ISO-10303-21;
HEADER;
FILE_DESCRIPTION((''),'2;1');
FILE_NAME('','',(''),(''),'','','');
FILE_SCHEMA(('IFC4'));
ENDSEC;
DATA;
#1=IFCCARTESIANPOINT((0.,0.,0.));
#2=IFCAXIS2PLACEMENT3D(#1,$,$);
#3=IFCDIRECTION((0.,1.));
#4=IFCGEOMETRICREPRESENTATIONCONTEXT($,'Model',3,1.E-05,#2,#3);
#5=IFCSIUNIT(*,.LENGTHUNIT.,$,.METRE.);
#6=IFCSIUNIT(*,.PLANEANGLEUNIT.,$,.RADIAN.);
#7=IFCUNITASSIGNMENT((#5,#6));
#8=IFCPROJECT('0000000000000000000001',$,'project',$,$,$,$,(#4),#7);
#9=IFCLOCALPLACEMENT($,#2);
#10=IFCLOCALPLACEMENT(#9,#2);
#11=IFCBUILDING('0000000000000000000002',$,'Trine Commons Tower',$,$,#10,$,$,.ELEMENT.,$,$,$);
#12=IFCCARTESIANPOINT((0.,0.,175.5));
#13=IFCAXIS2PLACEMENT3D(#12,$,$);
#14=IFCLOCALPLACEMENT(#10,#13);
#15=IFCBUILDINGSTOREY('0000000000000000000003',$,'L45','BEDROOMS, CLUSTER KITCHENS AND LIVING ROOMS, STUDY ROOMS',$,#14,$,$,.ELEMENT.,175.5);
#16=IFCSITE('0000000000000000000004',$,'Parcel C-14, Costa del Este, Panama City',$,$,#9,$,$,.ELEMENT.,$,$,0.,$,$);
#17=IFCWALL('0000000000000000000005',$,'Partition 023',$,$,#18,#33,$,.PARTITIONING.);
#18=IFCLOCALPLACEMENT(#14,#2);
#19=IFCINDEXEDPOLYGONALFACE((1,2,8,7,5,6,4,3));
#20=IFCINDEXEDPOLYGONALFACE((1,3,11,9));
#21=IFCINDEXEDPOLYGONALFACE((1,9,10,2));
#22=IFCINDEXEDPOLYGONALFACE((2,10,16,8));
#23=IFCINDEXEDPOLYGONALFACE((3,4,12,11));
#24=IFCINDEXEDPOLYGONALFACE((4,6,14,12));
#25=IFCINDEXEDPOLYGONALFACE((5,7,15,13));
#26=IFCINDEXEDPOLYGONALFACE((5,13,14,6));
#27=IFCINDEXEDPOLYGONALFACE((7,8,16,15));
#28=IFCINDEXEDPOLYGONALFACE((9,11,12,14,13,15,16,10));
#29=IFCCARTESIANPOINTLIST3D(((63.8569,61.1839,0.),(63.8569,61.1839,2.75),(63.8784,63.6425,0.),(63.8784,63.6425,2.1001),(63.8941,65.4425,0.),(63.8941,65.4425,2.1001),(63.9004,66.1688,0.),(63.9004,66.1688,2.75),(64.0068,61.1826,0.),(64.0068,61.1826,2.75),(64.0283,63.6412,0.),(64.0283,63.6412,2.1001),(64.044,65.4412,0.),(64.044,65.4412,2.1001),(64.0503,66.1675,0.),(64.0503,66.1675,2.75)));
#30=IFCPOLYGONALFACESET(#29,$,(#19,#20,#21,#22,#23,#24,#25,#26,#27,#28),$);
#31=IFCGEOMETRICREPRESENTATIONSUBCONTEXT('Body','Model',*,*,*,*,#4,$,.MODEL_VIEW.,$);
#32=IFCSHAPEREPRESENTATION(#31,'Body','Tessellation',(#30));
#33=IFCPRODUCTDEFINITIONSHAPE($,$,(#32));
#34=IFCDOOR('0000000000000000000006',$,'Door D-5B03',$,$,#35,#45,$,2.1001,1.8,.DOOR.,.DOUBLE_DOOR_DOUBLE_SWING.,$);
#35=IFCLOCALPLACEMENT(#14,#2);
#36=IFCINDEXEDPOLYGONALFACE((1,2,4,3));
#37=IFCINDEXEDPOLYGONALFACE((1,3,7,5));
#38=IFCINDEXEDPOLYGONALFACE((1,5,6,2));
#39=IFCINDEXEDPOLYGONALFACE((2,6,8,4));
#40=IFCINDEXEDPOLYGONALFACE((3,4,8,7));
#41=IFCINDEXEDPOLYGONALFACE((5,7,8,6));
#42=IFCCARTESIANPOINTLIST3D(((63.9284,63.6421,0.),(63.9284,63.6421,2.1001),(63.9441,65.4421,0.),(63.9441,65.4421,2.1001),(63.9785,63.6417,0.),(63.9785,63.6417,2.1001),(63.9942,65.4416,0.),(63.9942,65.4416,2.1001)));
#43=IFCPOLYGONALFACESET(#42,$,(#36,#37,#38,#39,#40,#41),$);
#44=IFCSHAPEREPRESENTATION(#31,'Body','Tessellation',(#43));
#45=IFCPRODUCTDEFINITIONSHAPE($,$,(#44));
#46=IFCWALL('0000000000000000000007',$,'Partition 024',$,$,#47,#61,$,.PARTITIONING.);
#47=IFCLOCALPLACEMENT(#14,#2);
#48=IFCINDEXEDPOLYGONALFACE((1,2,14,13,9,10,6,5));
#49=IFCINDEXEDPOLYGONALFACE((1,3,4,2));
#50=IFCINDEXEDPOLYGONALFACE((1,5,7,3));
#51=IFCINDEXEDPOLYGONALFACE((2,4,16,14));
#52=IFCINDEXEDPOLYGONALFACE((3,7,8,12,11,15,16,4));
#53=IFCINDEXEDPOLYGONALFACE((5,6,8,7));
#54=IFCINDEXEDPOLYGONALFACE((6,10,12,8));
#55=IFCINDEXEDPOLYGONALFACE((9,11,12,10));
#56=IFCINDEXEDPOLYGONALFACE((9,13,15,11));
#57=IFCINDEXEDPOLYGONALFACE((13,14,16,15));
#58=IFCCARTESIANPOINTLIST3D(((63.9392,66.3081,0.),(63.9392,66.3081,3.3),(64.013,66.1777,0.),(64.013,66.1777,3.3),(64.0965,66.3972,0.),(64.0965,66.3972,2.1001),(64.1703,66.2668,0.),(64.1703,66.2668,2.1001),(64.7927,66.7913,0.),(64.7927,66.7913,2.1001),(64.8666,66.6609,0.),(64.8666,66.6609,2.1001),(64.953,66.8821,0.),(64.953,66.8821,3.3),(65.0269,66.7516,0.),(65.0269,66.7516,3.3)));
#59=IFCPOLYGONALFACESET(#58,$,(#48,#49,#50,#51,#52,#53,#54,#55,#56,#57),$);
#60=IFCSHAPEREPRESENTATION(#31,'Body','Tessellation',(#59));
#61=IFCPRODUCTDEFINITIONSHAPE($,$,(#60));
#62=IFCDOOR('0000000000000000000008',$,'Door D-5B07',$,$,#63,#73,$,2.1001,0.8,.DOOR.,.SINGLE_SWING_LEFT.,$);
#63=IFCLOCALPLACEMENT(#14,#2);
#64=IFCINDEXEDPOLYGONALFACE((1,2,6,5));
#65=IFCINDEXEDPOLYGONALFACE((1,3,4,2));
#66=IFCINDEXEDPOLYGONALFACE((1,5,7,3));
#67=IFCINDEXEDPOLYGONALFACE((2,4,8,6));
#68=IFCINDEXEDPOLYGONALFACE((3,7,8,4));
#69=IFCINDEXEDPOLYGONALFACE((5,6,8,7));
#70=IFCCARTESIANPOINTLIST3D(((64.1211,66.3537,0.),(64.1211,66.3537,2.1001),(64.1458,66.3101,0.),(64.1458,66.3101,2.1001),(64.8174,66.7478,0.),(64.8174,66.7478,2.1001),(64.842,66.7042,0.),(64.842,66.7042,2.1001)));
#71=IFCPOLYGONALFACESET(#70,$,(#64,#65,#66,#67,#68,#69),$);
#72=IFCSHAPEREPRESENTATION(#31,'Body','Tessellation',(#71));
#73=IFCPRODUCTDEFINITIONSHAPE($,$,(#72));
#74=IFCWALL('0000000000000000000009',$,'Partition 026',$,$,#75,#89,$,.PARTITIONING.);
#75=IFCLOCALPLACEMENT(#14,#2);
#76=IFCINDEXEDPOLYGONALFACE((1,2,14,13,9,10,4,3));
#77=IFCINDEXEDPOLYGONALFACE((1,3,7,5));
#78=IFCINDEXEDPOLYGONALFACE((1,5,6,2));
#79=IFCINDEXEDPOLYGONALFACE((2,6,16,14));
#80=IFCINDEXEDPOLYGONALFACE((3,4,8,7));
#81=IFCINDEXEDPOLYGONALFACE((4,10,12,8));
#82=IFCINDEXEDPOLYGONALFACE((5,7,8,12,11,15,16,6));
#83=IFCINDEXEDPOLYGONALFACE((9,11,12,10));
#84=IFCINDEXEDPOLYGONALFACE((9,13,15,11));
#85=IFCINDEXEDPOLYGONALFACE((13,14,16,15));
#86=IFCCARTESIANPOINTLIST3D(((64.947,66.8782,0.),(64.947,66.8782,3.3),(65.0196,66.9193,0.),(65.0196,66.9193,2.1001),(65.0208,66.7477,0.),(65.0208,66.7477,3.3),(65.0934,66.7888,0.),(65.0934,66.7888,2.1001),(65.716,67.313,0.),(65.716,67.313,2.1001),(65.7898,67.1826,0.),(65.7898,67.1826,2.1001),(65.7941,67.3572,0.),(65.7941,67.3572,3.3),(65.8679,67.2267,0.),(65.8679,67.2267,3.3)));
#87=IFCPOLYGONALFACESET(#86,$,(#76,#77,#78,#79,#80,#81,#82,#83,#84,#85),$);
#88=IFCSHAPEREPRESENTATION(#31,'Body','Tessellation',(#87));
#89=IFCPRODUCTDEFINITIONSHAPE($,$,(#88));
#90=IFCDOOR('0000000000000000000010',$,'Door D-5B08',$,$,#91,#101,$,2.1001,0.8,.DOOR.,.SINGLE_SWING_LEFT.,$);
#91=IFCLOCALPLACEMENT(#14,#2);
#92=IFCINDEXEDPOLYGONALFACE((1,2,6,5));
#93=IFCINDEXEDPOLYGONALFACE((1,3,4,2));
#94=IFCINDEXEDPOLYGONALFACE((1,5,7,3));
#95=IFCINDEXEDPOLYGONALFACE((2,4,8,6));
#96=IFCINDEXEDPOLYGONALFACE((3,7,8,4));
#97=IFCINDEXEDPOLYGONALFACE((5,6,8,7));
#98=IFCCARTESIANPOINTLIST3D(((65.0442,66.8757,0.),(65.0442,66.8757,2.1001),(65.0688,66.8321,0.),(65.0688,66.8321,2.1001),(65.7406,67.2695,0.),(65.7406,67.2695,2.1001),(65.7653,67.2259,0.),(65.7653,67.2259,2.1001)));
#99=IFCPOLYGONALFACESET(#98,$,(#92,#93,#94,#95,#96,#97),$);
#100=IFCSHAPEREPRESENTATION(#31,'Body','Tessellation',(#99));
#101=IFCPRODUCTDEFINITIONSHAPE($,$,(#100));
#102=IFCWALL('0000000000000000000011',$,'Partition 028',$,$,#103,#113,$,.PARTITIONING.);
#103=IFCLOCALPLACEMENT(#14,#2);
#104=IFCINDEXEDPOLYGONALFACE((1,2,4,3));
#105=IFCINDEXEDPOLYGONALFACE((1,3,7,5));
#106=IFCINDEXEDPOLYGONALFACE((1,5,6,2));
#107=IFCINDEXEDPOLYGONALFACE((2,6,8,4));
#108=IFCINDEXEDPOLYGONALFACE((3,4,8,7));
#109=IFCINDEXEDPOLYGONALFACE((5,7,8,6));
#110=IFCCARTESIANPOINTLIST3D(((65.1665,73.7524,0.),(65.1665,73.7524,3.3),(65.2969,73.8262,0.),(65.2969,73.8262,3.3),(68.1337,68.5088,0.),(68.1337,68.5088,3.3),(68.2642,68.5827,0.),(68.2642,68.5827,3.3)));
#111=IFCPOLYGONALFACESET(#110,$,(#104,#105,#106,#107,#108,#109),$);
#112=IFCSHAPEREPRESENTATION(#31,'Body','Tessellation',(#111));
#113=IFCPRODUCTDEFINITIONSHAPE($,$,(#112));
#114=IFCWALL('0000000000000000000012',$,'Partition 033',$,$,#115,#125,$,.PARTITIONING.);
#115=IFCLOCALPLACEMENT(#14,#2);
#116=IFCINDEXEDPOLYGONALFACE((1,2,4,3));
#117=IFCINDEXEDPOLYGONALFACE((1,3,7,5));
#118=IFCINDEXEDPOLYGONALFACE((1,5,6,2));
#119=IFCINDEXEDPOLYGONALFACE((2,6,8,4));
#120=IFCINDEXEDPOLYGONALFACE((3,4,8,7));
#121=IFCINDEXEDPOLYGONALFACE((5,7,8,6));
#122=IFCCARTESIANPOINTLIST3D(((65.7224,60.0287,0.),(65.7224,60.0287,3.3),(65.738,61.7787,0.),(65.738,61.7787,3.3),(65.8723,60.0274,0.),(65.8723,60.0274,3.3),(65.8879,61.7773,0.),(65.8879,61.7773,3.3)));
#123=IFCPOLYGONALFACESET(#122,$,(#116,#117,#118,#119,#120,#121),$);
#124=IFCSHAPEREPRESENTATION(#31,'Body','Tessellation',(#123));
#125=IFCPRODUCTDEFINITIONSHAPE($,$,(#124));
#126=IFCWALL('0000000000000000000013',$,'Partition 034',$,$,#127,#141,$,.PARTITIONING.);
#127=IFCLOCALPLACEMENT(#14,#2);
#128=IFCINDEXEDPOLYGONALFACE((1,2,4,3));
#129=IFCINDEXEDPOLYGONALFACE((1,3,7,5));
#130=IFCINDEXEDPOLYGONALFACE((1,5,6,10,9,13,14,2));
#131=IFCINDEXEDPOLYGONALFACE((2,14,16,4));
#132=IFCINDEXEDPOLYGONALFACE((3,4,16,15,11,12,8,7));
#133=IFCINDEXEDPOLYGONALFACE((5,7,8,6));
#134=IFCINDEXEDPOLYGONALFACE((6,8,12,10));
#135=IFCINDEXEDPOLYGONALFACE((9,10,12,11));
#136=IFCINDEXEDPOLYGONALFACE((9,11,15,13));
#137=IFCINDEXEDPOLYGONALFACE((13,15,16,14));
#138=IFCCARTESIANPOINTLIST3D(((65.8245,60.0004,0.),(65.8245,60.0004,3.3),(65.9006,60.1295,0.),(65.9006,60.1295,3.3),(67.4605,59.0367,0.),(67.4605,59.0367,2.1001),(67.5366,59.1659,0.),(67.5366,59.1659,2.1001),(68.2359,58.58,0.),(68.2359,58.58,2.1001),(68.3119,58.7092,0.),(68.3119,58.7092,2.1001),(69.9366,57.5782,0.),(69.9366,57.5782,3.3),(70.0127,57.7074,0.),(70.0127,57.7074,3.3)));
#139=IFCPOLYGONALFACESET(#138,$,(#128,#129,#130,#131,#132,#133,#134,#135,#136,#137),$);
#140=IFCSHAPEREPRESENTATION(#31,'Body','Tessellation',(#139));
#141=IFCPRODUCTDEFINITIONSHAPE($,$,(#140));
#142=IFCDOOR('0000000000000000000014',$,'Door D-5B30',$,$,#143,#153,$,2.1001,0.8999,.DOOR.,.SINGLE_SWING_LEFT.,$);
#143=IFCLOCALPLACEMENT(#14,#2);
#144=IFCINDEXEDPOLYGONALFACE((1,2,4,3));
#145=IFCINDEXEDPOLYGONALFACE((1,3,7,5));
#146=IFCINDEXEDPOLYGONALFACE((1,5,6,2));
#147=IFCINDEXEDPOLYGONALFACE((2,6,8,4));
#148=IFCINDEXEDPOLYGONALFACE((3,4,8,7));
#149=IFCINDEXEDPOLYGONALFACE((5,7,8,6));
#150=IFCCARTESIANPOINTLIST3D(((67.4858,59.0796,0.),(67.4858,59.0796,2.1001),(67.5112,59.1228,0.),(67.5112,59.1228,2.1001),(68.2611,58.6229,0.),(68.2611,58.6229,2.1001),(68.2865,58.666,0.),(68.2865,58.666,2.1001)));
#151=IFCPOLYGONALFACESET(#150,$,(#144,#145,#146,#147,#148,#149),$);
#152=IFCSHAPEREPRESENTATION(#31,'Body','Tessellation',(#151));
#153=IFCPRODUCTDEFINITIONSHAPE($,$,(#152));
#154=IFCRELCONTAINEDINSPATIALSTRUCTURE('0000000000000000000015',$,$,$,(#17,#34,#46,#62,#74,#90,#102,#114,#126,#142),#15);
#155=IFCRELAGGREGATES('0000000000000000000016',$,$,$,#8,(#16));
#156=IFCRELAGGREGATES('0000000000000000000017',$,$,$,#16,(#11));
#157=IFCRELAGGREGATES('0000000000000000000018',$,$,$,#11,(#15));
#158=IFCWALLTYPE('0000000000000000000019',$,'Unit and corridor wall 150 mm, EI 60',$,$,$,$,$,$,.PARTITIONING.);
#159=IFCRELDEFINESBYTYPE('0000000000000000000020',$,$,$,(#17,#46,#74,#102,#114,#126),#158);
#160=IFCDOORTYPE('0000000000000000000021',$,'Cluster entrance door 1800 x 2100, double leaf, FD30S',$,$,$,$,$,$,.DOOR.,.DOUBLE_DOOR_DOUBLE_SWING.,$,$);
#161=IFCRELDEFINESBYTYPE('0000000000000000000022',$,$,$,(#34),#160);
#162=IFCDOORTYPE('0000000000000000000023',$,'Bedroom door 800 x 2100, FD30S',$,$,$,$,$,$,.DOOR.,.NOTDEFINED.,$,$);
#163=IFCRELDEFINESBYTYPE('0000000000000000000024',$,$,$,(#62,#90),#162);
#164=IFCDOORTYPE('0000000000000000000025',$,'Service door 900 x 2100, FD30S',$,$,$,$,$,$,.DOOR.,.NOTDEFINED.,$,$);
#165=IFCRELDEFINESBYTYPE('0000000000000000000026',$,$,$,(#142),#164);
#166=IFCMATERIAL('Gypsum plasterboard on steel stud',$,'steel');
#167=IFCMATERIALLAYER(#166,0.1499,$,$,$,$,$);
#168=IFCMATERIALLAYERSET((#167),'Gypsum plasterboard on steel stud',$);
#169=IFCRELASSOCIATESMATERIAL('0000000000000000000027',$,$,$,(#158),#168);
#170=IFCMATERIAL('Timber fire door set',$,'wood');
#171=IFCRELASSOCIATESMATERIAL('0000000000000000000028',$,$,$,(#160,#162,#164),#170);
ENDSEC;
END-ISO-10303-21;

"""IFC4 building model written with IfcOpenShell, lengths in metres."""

from ifc_helpers import new_model, si_unit, direction, frame, frame_2d, origin, place, context, subcontext, project, spatial, rectangle, extrude, material, layer, layer_set, type_object, element, fill, save


model = new_model("IFC4")

# Units and contexts
model_context = context("Model", 3, precision=1e-05, world=origin(), true_north=direction((0.0, 1.0)))
body_context = subcontext(model_context, "Body", "Model", "MODEL_VIEW")
ifc_project = project(units=[si_unit("LENGTHUNIT", "METRE"), si_unit("PLANEANGLEUNIT", "RADIAN")], contexts=[model_context])

# Site, building, storey
site_placement = place(None, origin())
site = spatial("IfcSite", under=ifc_project, at=site_placement, Name="Parcel C-14, Costa del Este, Panama City", CompositionType="ELEMENT", RefElevation=0.0)
building_placement = place(site_placement, origin())
building = spatial("IfcBuilding", under=site, at=building_placement, Name="Trine Commons Tower", CompositionType="ELEMENT")
storey_placement = place(building_placement, frame((0.0, 0.0, 175.5)))
storey = spatial("IfcBuildingStorey", under=building, at=storey_placement, Name="L45", Description="BEDROOMS, CLUSTER KITCHENS AND LIVING ROOMS, STUDY ROOMS", CompositionType="ELEMENT", Elevation=175.5)

# Shared definitions
ifc_material_1 = material(Name="Gypsum plasterboard on steel stud", Category="steel")
ifc_layer_1 = layer(ifc_material_1, 0.1499)
ifc_layer_set_1 = layer_set([ifc_layer_1], Name="Gypsum plasterboard on steel stud")
wall_type_1 = type_object("IfcWallType", Name="Unit and corridor wall 150 mm, EI 60", PredefinedType="PARTITIONING", material=ifc_layer_set_1)

# Walls, openings, doors
wall_1_placement = place(storey_placement, frame((63.9319, 61.1831, 0.0), z_axis=(0.0, 0.0, 1.0), x_axis=(0.008717, 0.999962, 0.0)))
wall_1 = element("IfcWall", 1, at=wall_1_placement, inside=storey, type_object=wall_type_1, Name="Partition 023", PredefinedType="PARTITIONING", context=body_context, shape_type="SweptSolid", body=[
    extrude(rectangle(XDim=4.9851, YDim=0.1499, at=frame_2d((2.4927, 0.0))), origin(), (0.0, 0.0, 1.0), 2.75),
])
opening_1_placement = place(wall_1_placement, frame((2.459, 0.0, 0.0)))
opening_1 = element("IfcOpeningElement", 2, at=opening_1_placement, cuts=wall_1, PredefinedType="OPENING", context=body_context, shape_type="SweptSolid", body=[
    extrude(rectangle(XDim=1.8, YDim=2.1001, at=frame_2d((0.8999, 1.05))), frame((0.0, 0.085, 0.0), z_axis=(0.0, -1.0, 0.0), x_axis=(1.0, 0.0, 0.0)), (0.0, 0.0, 1.0), 0.1699),
])
ifc_material_2 = material(Name="Timber fire door set", Category="wood")
door_type_1 = type_object("IfcDoorType", Name="Cluster entrance door 1800 x 2100, double leaf, FD30S", OperationType="DOUBLE_DOOR_DOUBLE_SWING", PredefinedType="DOOR", material=ifc_material_2)
door_1_placement = place(opening_1_placement, origin())
door_1 = element("IfcDoor", 3, at=door_1_placement, inside=storey, type_object=door_type_1, Name="Door D-5B03", OperationType="DOUBLE_DOOR_DOUBLE_SWING", OverallHeight=2.1001, OverallWidth=1.8, PredefinedType="DOOR", context=body_context, shape_type="SweptSolid", body=[
    extrude(rectangle(XDim=1.8, YDim=2.1001, at=frame_2d((0.8999, 1.05))), frame((0.0, 0.0249, 0.0), z_axis=(0.0, -1.0, 0.0), x_axis=(1.0, 0.0, 0.0)), (0.0, 0.0, 1.0), 0.05),
])
fill(opening_1, door_1)
wall_2_placement = place(storey_placement, frame((63.9761, 66.2429, 0.0), z_axis=(0.0, 0.0, 1.0), x_axis=(0.870235, 0.492637, 0.0)))
wall_2 = element("IfcWall", 4, at=wall_2_placement, inside=storey, type_object=wall_type_1, Name="Partition 024", PredefinedType="PARTITIONING", context=body_context, shape_type="SweptSolid", body=[
    extrude(rectangle(XDim=1.165, YDim=0.1499, at=frame_2d((0.5825, 0.0))), origin(), (0.0, 0.0, 1.0), 3.3),
])
opening_2_placement = place(wall_2_placement, frame((0.1809, 0.0, 0.0)))
opening_2 = element("IfcOpeningElement", 5, at=opening_2_placement, cuts=wall_2, PredefinedType="OPENING", context=body_context, shape_type="SweptSolid", body=[
    extrude(rectangle(XDim=0.8, YDim=2.1001, at=frame_2d((0.3999, 1.05))), frame((0.0, 0.085, 0.0), z_axis=(0.0, -1.0, 0.0), x_axis=(1.0, 0.0, 0.0)), (0.0, 0.0, 1.0), 0.1699),
])
door_type_2 = type_object("IfcDoorType", Name="Bedroom door 800 x 2100, FD30S", OperationType="NOTDEFINED", PredefinedType="DOOR", material=ifc_material_2)
door_2_placement = place(opening_2_placement, origin())
door_2 = element("IfcDoor", 6, at=door_2_placement, inside=storey, type_object=door_type_2, Name="Door D-5B07", OperationType="SINGLE_SWING_LEFT", OverallHeight=2.1001, OverallWidth=0.8, PredefinedType="DOOR", context=body_context, shape_type="SweptSolid", body=[
    extrude(rectangle(XDim=0.8, YDim=2.1001, at=frame_2d((0.3999, 1.05))), frame((0.0, 0.0249, 0.0), z_axis=(0.0, -1.0, 0.0), x_axis=(1.0, 0.0, 0.0)), (0.0, 0.0, 1.0), 0.05),
])
fill(opening_2, door_2)
wall_3_placement = place(storey_placement, frame((64.9839, 66.813, 0.0), z_axis=(0.0, 0.0, 1.0), x_axis=(0.870488, 0.49219, 0.0)))
wall_3 = element("IfcWall", 7, at=wall_3_placement, inside=storey, type_object=wall_type_1, Name="Partition 026", PredefinedType="PARTITIONING", context=body_context, shape_type="SweptSolid", body=[
    extrude(rectangle(XDim=0.9731, YDim=0.1499, at=frame_2d((0.4866, 0.0))), origin(), (0.0, 0.0, 1.0), 3.3),
])
opening_3_placement = place(wall_3_placement, frame((0.0835, 0.0, 0.0)))
opening_3 = element("IfcOpeningElement", 8, at=opening_3_placement, cuts=wall_3, PredefinedType="OPENING", context=body_context, shape_type="SweptSolid", body=[
    extrude(rectangle(XDim=0.8, YDim=2.1001, at=frame_2d((0.3999, 1.05))), frame((0.0, 0.085, 0.0), z_axis=(0.0, -1.0, 0.0), x_axis=(1.0, 0.0, 0.0)), (0.0, 0.0, 1.0), 0.1699),
])
door_3_placement = place(opening_3_placement, origin())
door_3 = element("IfcDoor", 9, at=door_3_placement, inside=storey, type_object=door_type_2, Name="Door D-5B08", OperationType="SINGLE_SWING_LEFT", OverallHeight=2.1001, OverallWidth=0.8, PredefinedType="DOOR", context=body_context, shape_type="SweptSolid", body=[
    extrude(rectangle(XDim=0.8, YDim=2.1001, at=frame_2d((0.3999, 1.05))), frame((0.0, 0.0249, 0.0), z_axis=(0.0, -1.0, 0.0), x_axis=(1.0, 0.0, 0.0)), (0.0, 0.0, 1.0), 0.05),
])
fill(opening_3, door_3)

# Walls
wall_4_placement = place(storey_placement, frame((65.2317, 73.7893, 0.0), z_axis=(0.0, 0.0, 1.0), x_axis=(0.492495, -0.870315, 0.0)))
element("IfcWall", 10, at=wall_4_placement, inside=storey, type_object=wall_type_1, Name="Partition 028", PredefinedType="PARTITIONING", context=body_context, shape_type="SweptSolid", body=[
    extrude(rectangle(XDim=6.0249, YDim=0.1499, at=frame_2d((3.0125, 0.0))), origin(), (0.0, 0.0, 1.0), 3.3),
])
wall_5_placement = place(storey_placement, frame((65.7974, 60.0281, 0.0), z_axis=(0.0, 0.0, 1.0), x_axis=(0.008928, 0.99996, 0.0)))
element("IfcWall", 11, at=wall_5_placement, inside=storey, type_object=wall_type_1, Name="Partition 033", PredefinedType="PARTITIONING", context=body_context, shape_type="SweptSolid", body=[
    extrude(rectangle(XDim=1.75, YDim=0.1499, at=frame_2d((0.875, 0.0))), origin(), (0.0, 0.0, 1.0), 3.3),
])

# Wall, opening, door
wall_6_placement = place(storey_placement, frame((65.8625, 60.0649, 0.0), z_axis=(0.0, 0.0, 1.0), x_axis=(0.861636, -0.507528, 0.0)))
wall_6 = element("IfcWall", 12, at=wall_6_placement, inside=storey, type_object=wall_type_1, Name="Partition 034", PredefinedType="PARTITIONING", context=body_context, shape_type="SweptSolid", body=[
    extrude(rectangle(XDim=4.7725, YDim=0.1499, at=frame_2d((2.3862, 0.0))), origin(), (0.0, 0.0, 1.0), 3.3),
])
opening_4_placement = place(wall_6_placement, frame((1.8987, 0.0, 0.0)))
opening_4 = element("IfcOpeningElement", 13, at=opening_4_placement, cuts=wall_6, PredefinedType="OPENING", context=body_context, shape_type="SweptSolid", body=[
    extrude(rectangle(XDim=0.8999, YDim=2.1001, at=frame_2d((0.45, 1.05))), frame((0.0, 0.085, 0.0), z_axis=(0.0, -1.0, 0.0), x_axis=(1.0, 0.0, 0.0)), (0.0, 0.0, 1.0), 0.1699),
])
door_type_3 = type_object("IfcDoorType", Name="Service door 900 x 2100, FD30S", OperationType="NOTDEFINED", PredefinedType="DOOR", material=ifc_material_2)
door_4_placement = place(opening_4_placement, origin())
door_4 = element("IfcDoor", 14, at=door_4_placement, inside=storey, type_object=door_type_3, Name="Door D-5B30", OperationType="SINGLE_SWING_LEFT", OverallHeight=2.1001, OverallWidth=0.8999, PredefinedType="DOOR", context=body_context, shape_type="SweptSolid", body=[
    extrude(rectangle(XDim=0.8999, YDim=2.1001, at=frame_2d((0.45, 1.05))), frame((0.0, 0.0249, 0.0), z_axis=(0.0, -1.0, 0.0), x_axis=(1.0, 0.0, 0.0)), (0.0, 0.0, 1.0), 0.05),
])
fill(opening_4, door_4)

save(model, "model.ifc")
